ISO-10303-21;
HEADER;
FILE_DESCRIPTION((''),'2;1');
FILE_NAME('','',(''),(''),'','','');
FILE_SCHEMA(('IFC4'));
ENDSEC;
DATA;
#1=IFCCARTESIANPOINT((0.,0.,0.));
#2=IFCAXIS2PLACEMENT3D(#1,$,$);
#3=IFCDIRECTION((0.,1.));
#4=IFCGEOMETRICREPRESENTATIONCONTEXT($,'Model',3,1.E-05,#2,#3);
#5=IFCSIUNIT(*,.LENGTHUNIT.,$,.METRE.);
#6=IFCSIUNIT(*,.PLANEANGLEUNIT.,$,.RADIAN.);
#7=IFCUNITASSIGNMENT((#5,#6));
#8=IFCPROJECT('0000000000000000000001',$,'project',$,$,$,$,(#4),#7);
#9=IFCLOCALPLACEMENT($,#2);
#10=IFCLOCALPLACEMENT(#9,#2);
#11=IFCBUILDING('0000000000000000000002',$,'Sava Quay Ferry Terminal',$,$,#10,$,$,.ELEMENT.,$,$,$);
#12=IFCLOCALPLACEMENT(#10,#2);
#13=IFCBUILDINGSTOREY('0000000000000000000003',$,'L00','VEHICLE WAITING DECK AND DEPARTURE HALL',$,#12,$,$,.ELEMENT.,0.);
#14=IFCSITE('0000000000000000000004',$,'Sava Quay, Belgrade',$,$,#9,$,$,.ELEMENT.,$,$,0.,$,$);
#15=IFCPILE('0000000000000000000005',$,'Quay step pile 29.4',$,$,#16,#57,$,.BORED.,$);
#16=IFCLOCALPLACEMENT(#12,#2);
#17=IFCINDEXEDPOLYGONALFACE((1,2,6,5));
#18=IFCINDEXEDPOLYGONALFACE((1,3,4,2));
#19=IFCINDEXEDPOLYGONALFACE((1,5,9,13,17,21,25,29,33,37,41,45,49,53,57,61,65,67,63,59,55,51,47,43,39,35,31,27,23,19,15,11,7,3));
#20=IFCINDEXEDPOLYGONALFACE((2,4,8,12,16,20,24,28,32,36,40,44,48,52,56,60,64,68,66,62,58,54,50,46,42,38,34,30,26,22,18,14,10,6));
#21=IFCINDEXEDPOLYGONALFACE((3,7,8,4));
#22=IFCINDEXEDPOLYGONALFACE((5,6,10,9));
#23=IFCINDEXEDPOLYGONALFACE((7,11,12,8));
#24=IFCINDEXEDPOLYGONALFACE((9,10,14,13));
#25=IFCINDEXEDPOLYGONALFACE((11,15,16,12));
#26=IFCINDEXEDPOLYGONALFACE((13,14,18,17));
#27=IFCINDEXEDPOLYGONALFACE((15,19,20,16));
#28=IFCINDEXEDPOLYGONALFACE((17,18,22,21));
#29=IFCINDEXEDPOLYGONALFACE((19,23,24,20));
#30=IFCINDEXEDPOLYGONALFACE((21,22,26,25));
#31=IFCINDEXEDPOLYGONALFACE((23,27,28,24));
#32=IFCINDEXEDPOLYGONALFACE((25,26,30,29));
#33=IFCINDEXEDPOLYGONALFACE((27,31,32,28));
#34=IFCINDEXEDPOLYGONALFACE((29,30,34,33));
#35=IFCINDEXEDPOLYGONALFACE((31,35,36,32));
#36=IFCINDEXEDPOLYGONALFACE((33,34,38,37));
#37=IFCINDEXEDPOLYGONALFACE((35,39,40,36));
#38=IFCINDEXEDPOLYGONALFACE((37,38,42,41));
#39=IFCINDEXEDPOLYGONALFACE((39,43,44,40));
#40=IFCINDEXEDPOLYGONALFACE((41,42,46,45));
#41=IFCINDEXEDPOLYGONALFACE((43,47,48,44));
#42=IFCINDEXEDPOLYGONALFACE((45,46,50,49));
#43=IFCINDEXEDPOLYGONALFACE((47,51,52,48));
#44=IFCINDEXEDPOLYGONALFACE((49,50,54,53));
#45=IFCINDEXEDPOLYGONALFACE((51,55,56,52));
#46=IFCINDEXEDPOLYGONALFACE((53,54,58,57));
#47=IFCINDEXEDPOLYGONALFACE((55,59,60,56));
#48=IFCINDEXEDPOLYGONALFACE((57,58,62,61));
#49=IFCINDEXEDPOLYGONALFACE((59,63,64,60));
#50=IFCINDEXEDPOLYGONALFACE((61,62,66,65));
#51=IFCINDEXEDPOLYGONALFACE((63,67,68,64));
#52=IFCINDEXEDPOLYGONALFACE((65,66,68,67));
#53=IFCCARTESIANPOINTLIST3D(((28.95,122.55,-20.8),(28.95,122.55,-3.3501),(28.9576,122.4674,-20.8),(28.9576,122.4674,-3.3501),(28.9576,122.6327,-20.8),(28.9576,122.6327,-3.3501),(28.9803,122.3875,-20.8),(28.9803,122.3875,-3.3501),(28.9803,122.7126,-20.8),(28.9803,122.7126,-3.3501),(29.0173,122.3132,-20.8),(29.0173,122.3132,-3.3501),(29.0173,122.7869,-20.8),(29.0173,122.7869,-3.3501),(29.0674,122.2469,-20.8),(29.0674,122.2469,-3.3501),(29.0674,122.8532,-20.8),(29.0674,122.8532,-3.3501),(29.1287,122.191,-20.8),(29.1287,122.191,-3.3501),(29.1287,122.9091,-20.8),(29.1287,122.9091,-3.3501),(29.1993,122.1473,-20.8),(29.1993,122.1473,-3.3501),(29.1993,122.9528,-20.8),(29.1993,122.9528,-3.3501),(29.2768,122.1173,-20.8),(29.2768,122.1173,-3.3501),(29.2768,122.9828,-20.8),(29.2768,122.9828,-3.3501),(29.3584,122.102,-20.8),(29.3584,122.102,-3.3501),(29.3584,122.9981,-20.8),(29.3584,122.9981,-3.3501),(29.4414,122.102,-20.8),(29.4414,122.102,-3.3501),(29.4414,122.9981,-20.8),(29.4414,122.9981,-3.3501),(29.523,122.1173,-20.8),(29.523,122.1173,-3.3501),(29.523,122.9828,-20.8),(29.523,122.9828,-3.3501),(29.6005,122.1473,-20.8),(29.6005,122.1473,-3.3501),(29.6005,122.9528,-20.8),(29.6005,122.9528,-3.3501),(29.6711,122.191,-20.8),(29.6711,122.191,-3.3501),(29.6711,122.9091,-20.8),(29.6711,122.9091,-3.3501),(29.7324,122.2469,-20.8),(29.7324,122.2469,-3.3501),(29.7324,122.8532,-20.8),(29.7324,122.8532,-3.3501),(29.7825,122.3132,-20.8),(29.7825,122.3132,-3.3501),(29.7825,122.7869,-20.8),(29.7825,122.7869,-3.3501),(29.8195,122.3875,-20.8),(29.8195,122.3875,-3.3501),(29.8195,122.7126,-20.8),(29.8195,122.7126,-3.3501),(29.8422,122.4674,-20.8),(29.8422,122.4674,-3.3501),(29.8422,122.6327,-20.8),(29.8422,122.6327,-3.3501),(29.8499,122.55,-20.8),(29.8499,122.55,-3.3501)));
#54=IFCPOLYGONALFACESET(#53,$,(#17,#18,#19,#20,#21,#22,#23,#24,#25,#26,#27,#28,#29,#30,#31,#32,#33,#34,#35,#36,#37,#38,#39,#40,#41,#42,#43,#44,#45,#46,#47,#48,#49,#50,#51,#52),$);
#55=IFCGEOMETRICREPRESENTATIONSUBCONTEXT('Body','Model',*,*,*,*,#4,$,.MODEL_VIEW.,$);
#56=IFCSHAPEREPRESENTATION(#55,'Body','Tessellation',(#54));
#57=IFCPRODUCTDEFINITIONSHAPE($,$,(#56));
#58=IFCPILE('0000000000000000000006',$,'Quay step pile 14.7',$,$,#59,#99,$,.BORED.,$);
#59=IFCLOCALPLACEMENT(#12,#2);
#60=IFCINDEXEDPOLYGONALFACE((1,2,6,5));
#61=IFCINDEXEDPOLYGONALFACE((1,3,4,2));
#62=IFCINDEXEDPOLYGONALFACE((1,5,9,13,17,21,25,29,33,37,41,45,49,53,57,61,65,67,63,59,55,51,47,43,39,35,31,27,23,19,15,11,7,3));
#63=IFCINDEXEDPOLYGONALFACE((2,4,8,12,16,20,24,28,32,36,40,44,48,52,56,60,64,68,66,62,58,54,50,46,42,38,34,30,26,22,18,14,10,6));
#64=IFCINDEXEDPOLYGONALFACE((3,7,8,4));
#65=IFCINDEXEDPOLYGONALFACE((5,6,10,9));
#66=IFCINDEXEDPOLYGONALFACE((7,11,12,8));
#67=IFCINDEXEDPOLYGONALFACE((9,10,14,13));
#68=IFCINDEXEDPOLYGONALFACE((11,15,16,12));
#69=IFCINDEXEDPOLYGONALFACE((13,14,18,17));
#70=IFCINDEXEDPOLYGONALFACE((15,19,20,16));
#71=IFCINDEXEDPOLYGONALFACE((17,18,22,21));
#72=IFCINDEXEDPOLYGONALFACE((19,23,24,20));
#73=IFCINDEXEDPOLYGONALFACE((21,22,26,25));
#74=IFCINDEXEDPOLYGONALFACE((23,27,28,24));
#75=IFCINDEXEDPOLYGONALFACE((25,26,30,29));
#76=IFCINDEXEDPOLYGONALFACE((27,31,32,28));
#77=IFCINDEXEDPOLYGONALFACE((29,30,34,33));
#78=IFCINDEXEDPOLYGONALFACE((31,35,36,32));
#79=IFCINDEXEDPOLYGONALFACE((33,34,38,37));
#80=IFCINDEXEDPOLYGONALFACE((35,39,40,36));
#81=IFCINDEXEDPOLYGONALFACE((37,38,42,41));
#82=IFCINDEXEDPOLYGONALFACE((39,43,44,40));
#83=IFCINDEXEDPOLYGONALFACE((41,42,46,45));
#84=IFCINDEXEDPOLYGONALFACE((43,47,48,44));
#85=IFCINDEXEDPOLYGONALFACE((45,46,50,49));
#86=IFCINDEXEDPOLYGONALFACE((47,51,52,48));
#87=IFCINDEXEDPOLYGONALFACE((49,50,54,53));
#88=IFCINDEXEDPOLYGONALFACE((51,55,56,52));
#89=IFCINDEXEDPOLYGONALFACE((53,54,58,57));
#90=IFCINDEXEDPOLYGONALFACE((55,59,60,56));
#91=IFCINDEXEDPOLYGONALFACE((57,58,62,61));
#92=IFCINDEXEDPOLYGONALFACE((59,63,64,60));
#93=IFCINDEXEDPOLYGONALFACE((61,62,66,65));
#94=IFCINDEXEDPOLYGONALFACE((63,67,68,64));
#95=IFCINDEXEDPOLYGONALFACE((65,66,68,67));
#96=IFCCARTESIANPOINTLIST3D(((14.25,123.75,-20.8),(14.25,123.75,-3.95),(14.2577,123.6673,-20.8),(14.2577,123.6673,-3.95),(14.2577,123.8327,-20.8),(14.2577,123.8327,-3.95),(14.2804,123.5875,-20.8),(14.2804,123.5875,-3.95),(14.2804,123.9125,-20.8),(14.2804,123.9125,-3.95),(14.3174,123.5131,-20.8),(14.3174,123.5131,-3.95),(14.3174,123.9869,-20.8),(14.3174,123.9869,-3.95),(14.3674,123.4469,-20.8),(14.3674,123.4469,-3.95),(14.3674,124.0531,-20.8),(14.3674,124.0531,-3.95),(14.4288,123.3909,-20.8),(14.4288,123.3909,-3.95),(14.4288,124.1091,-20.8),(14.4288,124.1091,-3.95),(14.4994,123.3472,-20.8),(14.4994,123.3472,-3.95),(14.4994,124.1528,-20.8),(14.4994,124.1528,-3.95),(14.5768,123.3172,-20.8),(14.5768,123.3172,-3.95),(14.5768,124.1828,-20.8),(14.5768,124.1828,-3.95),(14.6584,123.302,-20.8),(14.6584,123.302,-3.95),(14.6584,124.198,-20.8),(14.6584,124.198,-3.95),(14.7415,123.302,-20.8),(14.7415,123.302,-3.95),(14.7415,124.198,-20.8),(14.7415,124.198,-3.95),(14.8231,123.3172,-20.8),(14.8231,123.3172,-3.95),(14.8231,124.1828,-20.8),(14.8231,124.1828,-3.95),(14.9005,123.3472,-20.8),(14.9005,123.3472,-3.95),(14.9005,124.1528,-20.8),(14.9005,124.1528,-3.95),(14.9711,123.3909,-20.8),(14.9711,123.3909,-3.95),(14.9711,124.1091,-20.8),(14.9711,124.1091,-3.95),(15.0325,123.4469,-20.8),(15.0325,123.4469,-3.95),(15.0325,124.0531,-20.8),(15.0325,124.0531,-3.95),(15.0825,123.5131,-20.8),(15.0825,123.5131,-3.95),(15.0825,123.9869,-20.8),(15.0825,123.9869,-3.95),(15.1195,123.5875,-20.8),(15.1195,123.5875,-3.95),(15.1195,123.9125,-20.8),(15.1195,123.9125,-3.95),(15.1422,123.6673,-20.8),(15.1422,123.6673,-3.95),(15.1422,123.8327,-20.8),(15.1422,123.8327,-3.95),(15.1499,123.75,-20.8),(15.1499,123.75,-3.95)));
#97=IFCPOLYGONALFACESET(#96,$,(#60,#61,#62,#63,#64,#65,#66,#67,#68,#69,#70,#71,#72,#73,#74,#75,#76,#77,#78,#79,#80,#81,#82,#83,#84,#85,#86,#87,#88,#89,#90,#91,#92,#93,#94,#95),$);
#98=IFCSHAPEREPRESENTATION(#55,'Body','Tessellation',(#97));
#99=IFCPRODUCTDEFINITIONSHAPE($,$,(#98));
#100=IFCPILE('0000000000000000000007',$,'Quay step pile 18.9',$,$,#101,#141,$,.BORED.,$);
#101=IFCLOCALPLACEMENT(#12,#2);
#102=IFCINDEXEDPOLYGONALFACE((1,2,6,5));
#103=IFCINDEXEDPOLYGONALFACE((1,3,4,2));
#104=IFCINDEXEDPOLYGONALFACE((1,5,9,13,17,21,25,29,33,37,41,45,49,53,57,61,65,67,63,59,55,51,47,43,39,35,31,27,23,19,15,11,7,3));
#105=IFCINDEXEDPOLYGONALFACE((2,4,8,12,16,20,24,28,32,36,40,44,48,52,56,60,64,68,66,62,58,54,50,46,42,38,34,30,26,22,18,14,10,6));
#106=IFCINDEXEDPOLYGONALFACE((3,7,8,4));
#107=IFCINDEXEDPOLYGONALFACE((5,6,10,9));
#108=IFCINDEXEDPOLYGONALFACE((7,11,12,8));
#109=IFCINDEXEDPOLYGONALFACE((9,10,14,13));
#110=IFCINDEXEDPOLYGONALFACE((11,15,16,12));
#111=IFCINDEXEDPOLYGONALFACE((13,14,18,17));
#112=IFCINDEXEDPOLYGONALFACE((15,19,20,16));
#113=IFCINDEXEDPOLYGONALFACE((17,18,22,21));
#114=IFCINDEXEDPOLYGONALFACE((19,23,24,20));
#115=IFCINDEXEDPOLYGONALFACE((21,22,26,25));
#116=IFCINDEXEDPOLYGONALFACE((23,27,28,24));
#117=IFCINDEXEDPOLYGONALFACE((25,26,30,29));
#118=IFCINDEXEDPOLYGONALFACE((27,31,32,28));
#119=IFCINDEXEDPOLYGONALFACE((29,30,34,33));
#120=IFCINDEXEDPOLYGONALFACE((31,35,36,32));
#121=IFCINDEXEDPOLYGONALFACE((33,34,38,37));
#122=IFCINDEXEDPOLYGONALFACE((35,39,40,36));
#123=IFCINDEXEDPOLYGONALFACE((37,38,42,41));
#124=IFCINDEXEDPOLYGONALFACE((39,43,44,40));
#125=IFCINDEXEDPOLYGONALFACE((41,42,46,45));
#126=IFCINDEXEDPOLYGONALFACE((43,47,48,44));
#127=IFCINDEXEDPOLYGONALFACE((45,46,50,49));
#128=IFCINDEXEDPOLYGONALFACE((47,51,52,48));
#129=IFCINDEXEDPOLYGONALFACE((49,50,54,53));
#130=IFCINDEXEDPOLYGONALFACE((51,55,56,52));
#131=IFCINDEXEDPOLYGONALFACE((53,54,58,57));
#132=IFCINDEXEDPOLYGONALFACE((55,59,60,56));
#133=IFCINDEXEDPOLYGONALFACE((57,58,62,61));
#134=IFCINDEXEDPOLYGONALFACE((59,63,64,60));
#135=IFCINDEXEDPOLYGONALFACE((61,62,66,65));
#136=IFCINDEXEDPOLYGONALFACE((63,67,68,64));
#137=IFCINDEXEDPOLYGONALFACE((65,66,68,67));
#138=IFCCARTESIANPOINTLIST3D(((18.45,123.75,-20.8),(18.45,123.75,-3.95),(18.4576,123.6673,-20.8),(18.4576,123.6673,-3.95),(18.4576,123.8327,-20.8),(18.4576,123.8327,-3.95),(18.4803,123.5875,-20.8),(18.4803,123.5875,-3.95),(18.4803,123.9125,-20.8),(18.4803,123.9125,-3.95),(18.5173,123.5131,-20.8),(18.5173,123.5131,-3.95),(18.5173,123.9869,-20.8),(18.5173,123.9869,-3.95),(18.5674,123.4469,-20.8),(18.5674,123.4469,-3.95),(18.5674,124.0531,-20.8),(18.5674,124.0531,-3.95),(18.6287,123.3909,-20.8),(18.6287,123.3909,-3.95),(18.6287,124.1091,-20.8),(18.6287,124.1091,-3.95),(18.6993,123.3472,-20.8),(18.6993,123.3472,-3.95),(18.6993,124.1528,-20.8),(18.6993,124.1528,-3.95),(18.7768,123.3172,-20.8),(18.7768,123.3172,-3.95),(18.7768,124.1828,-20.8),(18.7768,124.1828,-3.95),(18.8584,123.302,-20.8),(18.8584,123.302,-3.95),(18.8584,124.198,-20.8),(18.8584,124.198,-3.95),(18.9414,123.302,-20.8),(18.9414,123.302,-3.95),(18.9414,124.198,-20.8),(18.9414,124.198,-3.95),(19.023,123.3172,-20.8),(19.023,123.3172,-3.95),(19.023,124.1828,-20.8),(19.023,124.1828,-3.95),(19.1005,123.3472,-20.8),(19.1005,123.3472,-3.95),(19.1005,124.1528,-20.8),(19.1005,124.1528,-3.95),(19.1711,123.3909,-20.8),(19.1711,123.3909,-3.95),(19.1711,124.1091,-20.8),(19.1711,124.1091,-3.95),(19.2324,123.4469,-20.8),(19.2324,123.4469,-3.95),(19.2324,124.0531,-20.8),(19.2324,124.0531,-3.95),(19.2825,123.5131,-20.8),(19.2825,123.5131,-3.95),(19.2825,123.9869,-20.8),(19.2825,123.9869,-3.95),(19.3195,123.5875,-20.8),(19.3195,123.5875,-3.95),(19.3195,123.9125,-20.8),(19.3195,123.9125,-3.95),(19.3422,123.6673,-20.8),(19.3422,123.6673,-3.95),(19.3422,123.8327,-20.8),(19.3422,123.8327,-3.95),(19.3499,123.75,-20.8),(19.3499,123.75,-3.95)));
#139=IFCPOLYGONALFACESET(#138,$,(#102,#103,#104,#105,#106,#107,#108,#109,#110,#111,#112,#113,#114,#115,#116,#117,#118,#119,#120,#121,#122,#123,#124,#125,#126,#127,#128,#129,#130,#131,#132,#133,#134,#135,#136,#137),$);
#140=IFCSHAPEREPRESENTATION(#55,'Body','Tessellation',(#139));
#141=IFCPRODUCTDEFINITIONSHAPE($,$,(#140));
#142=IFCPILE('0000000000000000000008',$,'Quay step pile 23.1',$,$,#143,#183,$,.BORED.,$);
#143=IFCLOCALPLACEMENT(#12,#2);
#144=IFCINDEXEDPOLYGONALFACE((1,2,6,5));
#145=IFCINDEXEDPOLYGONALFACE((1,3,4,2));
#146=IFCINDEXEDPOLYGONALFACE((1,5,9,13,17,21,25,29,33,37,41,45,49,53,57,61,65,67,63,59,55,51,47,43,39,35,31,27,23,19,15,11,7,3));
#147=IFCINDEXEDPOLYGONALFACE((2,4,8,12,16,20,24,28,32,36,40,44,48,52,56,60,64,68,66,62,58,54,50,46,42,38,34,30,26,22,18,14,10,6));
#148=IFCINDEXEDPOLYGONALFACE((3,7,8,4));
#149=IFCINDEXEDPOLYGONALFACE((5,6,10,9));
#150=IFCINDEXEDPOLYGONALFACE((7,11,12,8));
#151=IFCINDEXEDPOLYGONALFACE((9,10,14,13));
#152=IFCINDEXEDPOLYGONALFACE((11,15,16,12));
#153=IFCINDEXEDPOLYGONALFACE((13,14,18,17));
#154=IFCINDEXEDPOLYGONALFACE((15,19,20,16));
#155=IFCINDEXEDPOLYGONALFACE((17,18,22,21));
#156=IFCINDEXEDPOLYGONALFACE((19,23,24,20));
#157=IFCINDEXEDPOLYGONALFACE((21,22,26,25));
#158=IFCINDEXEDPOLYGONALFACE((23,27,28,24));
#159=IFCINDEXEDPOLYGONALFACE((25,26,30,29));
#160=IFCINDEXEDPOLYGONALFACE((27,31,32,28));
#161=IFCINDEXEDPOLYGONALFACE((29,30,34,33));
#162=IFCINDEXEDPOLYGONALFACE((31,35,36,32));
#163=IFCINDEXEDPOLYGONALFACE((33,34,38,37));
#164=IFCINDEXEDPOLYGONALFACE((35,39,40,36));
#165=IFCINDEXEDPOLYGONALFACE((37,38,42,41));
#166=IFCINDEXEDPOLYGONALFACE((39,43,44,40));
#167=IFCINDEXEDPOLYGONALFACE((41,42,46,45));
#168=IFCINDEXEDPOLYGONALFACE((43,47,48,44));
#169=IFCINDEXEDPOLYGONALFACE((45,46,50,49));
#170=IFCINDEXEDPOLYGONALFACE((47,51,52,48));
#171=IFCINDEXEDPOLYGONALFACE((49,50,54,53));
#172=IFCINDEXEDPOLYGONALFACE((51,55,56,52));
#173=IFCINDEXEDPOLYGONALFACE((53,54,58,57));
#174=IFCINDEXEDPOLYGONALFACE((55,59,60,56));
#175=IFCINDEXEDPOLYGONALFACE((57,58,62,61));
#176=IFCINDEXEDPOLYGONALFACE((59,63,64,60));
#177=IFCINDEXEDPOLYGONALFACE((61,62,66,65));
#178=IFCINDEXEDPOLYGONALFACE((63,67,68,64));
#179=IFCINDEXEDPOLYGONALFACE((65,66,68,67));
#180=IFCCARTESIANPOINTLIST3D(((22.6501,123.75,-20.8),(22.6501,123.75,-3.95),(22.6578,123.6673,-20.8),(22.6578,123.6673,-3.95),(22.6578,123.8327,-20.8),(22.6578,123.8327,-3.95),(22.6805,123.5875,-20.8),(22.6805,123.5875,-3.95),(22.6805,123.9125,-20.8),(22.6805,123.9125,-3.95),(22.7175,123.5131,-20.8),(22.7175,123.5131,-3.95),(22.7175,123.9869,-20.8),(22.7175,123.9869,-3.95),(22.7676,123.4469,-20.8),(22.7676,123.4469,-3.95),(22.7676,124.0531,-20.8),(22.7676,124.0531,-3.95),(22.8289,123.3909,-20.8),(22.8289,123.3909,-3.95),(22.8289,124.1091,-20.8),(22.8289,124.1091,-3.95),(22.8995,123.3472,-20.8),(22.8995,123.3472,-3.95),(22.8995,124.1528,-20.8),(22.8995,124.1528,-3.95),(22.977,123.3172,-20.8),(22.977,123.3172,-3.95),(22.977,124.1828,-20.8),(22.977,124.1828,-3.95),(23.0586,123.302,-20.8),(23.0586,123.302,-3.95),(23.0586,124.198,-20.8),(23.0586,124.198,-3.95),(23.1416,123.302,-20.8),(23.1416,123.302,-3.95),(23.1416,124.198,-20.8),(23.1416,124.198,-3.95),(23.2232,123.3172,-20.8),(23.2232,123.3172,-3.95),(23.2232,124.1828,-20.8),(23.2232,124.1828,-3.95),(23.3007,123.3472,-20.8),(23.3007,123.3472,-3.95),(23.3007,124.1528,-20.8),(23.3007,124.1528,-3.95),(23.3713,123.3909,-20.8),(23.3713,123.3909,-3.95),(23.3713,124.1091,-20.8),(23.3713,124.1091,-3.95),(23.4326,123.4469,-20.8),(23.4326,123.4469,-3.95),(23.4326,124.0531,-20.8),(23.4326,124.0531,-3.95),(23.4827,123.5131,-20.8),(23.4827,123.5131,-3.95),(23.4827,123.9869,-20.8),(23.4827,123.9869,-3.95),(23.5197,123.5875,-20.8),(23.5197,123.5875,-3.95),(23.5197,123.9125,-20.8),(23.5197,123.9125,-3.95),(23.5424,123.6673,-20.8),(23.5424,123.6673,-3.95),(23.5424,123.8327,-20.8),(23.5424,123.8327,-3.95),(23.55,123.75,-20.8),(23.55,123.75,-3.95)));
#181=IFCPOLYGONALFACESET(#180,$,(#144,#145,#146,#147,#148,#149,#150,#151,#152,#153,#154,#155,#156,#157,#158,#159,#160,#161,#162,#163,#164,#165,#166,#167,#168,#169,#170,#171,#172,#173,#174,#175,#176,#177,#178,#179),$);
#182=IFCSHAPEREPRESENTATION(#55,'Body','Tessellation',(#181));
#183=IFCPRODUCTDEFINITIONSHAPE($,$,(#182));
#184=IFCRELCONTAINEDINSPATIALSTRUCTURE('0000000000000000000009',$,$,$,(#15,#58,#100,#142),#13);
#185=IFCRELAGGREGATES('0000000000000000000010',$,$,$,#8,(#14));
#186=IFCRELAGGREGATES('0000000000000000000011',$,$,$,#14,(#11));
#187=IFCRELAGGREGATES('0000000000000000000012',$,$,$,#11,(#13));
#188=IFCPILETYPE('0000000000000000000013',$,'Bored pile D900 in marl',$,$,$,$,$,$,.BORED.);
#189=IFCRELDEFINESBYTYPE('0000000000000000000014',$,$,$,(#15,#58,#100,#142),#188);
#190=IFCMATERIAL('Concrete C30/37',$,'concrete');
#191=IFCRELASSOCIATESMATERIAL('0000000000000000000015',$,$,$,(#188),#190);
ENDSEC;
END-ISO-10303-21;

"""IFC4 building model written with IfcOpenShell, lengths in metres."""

from ifc_helpers import new_model, si_unit, direction, frame, origin, origin_2d, place, context, subcontext, project, spatial, circle, extrude, material, material_profile, profile_set, type_object, element, save


model = new_model("IFC4")

# Units and contexts
model_context = context("Model", 3, precision=1e-05, world=origin(), true_north=direction((0.0, 1.0)))
body_context = subcontext(model_context, "Body", "Model", "MODEL_VIEW")
ifc_project = project(units=[si_unit("LENGTHUNIT", "METRE"), si_unit("PLANEANGLEUNIT", "RADIAN")], contexts=[model_context])

# Site, building, storey
site_placement = place(None, origin())
site = spatial("IfcSite", under=ifc_project, at=site_placement, Name="Sava Quay, Belgrade", CompositionType="ELEMENT", RefElevation=0.0)
building_placement = place(site_placement, origin())
building = spatial("IfcBuilding", under=site, at=building_placement, Name="Sava Quay Ferry Terminal", CompositionType="ELEMENT")
storey_placement = place(building_placement, origin())
storey = spatial("IfcBuildingStorey", under=building, at=storey_placement, Name="L00", Description="VEHICLE WAITING DECK AND DEPARTURE HALL", CompositionType="ELEMENT", Elevation=0.0)

# Piles
ifc_material_1 = material(Name="Concrete C30/37", Category="concrete")
ifc_material_profile = material_profile(ifc_material_1, circle(Radius=0.45, at=origin_2d()), Name="Bored pile D900 in marl")
ifc_profile_set = profile_set([ifc_material_profile], Name="Concrete C30/37")
pile_type = type_object("IfcPileType", Name="Bored pile D900 in marl", PredefinedType="BORED", material=ifc_profile_set)
for number, where, z_axis, x_axis, name in (
    (1, (29.3999, 122.55, -3.3501), (0.0, 0.0, -1.0), (1.0, 0.0, 0.0), "Quay step pile 29.4"),
):
    element("IfcPile", number, at=place(storey_placement, frame(where, z_axis=z_axis, x_axis=x_axis)), inside=storey, type_object=pile_type, Name=name, PredefinedType="BORED", context=body_context, shape_type="SweptSolid", body=[
        extrude(circle(Radius=0.45, at=origin_2d()), origin(), (0.0, 0.0, 1.0), 17.45),
    ])
for number, where, z_axis, x_axis, name in (
    (2, (14.7, 123.75, -3.95), (0.0, 0.0, -1.0), (1.0, 0.0, 0.0), "Quay step pile 14.7"),
    (3, (18.8999, 123.75, -3.95), (0.0, 0.0, -1.0), (1.0, 0.0, 0.0), "Quay step pile 18.9"),
    (4, (23.1001, 123.75, -3.95), (0.0, 0.0, -1.0), (1.0, 0.0, 0.0), "Quay step pile 23.1"),
):
    element("IfcPile", number, at=place(storey_placement, frame(where, z_axis=z_axis, x_axis=x_axis)), inside=storey, type_object=pile_type, Name=name, PredefinedType="BORED", context=body_context, shape_type="SweptSolid", body=[
        extrude(circle(Radius=0.45, at=origin_2d()), origin(), (0.0, 0.0, 1.0), 16.8501),
    ])

save(model, "model.ifc")
